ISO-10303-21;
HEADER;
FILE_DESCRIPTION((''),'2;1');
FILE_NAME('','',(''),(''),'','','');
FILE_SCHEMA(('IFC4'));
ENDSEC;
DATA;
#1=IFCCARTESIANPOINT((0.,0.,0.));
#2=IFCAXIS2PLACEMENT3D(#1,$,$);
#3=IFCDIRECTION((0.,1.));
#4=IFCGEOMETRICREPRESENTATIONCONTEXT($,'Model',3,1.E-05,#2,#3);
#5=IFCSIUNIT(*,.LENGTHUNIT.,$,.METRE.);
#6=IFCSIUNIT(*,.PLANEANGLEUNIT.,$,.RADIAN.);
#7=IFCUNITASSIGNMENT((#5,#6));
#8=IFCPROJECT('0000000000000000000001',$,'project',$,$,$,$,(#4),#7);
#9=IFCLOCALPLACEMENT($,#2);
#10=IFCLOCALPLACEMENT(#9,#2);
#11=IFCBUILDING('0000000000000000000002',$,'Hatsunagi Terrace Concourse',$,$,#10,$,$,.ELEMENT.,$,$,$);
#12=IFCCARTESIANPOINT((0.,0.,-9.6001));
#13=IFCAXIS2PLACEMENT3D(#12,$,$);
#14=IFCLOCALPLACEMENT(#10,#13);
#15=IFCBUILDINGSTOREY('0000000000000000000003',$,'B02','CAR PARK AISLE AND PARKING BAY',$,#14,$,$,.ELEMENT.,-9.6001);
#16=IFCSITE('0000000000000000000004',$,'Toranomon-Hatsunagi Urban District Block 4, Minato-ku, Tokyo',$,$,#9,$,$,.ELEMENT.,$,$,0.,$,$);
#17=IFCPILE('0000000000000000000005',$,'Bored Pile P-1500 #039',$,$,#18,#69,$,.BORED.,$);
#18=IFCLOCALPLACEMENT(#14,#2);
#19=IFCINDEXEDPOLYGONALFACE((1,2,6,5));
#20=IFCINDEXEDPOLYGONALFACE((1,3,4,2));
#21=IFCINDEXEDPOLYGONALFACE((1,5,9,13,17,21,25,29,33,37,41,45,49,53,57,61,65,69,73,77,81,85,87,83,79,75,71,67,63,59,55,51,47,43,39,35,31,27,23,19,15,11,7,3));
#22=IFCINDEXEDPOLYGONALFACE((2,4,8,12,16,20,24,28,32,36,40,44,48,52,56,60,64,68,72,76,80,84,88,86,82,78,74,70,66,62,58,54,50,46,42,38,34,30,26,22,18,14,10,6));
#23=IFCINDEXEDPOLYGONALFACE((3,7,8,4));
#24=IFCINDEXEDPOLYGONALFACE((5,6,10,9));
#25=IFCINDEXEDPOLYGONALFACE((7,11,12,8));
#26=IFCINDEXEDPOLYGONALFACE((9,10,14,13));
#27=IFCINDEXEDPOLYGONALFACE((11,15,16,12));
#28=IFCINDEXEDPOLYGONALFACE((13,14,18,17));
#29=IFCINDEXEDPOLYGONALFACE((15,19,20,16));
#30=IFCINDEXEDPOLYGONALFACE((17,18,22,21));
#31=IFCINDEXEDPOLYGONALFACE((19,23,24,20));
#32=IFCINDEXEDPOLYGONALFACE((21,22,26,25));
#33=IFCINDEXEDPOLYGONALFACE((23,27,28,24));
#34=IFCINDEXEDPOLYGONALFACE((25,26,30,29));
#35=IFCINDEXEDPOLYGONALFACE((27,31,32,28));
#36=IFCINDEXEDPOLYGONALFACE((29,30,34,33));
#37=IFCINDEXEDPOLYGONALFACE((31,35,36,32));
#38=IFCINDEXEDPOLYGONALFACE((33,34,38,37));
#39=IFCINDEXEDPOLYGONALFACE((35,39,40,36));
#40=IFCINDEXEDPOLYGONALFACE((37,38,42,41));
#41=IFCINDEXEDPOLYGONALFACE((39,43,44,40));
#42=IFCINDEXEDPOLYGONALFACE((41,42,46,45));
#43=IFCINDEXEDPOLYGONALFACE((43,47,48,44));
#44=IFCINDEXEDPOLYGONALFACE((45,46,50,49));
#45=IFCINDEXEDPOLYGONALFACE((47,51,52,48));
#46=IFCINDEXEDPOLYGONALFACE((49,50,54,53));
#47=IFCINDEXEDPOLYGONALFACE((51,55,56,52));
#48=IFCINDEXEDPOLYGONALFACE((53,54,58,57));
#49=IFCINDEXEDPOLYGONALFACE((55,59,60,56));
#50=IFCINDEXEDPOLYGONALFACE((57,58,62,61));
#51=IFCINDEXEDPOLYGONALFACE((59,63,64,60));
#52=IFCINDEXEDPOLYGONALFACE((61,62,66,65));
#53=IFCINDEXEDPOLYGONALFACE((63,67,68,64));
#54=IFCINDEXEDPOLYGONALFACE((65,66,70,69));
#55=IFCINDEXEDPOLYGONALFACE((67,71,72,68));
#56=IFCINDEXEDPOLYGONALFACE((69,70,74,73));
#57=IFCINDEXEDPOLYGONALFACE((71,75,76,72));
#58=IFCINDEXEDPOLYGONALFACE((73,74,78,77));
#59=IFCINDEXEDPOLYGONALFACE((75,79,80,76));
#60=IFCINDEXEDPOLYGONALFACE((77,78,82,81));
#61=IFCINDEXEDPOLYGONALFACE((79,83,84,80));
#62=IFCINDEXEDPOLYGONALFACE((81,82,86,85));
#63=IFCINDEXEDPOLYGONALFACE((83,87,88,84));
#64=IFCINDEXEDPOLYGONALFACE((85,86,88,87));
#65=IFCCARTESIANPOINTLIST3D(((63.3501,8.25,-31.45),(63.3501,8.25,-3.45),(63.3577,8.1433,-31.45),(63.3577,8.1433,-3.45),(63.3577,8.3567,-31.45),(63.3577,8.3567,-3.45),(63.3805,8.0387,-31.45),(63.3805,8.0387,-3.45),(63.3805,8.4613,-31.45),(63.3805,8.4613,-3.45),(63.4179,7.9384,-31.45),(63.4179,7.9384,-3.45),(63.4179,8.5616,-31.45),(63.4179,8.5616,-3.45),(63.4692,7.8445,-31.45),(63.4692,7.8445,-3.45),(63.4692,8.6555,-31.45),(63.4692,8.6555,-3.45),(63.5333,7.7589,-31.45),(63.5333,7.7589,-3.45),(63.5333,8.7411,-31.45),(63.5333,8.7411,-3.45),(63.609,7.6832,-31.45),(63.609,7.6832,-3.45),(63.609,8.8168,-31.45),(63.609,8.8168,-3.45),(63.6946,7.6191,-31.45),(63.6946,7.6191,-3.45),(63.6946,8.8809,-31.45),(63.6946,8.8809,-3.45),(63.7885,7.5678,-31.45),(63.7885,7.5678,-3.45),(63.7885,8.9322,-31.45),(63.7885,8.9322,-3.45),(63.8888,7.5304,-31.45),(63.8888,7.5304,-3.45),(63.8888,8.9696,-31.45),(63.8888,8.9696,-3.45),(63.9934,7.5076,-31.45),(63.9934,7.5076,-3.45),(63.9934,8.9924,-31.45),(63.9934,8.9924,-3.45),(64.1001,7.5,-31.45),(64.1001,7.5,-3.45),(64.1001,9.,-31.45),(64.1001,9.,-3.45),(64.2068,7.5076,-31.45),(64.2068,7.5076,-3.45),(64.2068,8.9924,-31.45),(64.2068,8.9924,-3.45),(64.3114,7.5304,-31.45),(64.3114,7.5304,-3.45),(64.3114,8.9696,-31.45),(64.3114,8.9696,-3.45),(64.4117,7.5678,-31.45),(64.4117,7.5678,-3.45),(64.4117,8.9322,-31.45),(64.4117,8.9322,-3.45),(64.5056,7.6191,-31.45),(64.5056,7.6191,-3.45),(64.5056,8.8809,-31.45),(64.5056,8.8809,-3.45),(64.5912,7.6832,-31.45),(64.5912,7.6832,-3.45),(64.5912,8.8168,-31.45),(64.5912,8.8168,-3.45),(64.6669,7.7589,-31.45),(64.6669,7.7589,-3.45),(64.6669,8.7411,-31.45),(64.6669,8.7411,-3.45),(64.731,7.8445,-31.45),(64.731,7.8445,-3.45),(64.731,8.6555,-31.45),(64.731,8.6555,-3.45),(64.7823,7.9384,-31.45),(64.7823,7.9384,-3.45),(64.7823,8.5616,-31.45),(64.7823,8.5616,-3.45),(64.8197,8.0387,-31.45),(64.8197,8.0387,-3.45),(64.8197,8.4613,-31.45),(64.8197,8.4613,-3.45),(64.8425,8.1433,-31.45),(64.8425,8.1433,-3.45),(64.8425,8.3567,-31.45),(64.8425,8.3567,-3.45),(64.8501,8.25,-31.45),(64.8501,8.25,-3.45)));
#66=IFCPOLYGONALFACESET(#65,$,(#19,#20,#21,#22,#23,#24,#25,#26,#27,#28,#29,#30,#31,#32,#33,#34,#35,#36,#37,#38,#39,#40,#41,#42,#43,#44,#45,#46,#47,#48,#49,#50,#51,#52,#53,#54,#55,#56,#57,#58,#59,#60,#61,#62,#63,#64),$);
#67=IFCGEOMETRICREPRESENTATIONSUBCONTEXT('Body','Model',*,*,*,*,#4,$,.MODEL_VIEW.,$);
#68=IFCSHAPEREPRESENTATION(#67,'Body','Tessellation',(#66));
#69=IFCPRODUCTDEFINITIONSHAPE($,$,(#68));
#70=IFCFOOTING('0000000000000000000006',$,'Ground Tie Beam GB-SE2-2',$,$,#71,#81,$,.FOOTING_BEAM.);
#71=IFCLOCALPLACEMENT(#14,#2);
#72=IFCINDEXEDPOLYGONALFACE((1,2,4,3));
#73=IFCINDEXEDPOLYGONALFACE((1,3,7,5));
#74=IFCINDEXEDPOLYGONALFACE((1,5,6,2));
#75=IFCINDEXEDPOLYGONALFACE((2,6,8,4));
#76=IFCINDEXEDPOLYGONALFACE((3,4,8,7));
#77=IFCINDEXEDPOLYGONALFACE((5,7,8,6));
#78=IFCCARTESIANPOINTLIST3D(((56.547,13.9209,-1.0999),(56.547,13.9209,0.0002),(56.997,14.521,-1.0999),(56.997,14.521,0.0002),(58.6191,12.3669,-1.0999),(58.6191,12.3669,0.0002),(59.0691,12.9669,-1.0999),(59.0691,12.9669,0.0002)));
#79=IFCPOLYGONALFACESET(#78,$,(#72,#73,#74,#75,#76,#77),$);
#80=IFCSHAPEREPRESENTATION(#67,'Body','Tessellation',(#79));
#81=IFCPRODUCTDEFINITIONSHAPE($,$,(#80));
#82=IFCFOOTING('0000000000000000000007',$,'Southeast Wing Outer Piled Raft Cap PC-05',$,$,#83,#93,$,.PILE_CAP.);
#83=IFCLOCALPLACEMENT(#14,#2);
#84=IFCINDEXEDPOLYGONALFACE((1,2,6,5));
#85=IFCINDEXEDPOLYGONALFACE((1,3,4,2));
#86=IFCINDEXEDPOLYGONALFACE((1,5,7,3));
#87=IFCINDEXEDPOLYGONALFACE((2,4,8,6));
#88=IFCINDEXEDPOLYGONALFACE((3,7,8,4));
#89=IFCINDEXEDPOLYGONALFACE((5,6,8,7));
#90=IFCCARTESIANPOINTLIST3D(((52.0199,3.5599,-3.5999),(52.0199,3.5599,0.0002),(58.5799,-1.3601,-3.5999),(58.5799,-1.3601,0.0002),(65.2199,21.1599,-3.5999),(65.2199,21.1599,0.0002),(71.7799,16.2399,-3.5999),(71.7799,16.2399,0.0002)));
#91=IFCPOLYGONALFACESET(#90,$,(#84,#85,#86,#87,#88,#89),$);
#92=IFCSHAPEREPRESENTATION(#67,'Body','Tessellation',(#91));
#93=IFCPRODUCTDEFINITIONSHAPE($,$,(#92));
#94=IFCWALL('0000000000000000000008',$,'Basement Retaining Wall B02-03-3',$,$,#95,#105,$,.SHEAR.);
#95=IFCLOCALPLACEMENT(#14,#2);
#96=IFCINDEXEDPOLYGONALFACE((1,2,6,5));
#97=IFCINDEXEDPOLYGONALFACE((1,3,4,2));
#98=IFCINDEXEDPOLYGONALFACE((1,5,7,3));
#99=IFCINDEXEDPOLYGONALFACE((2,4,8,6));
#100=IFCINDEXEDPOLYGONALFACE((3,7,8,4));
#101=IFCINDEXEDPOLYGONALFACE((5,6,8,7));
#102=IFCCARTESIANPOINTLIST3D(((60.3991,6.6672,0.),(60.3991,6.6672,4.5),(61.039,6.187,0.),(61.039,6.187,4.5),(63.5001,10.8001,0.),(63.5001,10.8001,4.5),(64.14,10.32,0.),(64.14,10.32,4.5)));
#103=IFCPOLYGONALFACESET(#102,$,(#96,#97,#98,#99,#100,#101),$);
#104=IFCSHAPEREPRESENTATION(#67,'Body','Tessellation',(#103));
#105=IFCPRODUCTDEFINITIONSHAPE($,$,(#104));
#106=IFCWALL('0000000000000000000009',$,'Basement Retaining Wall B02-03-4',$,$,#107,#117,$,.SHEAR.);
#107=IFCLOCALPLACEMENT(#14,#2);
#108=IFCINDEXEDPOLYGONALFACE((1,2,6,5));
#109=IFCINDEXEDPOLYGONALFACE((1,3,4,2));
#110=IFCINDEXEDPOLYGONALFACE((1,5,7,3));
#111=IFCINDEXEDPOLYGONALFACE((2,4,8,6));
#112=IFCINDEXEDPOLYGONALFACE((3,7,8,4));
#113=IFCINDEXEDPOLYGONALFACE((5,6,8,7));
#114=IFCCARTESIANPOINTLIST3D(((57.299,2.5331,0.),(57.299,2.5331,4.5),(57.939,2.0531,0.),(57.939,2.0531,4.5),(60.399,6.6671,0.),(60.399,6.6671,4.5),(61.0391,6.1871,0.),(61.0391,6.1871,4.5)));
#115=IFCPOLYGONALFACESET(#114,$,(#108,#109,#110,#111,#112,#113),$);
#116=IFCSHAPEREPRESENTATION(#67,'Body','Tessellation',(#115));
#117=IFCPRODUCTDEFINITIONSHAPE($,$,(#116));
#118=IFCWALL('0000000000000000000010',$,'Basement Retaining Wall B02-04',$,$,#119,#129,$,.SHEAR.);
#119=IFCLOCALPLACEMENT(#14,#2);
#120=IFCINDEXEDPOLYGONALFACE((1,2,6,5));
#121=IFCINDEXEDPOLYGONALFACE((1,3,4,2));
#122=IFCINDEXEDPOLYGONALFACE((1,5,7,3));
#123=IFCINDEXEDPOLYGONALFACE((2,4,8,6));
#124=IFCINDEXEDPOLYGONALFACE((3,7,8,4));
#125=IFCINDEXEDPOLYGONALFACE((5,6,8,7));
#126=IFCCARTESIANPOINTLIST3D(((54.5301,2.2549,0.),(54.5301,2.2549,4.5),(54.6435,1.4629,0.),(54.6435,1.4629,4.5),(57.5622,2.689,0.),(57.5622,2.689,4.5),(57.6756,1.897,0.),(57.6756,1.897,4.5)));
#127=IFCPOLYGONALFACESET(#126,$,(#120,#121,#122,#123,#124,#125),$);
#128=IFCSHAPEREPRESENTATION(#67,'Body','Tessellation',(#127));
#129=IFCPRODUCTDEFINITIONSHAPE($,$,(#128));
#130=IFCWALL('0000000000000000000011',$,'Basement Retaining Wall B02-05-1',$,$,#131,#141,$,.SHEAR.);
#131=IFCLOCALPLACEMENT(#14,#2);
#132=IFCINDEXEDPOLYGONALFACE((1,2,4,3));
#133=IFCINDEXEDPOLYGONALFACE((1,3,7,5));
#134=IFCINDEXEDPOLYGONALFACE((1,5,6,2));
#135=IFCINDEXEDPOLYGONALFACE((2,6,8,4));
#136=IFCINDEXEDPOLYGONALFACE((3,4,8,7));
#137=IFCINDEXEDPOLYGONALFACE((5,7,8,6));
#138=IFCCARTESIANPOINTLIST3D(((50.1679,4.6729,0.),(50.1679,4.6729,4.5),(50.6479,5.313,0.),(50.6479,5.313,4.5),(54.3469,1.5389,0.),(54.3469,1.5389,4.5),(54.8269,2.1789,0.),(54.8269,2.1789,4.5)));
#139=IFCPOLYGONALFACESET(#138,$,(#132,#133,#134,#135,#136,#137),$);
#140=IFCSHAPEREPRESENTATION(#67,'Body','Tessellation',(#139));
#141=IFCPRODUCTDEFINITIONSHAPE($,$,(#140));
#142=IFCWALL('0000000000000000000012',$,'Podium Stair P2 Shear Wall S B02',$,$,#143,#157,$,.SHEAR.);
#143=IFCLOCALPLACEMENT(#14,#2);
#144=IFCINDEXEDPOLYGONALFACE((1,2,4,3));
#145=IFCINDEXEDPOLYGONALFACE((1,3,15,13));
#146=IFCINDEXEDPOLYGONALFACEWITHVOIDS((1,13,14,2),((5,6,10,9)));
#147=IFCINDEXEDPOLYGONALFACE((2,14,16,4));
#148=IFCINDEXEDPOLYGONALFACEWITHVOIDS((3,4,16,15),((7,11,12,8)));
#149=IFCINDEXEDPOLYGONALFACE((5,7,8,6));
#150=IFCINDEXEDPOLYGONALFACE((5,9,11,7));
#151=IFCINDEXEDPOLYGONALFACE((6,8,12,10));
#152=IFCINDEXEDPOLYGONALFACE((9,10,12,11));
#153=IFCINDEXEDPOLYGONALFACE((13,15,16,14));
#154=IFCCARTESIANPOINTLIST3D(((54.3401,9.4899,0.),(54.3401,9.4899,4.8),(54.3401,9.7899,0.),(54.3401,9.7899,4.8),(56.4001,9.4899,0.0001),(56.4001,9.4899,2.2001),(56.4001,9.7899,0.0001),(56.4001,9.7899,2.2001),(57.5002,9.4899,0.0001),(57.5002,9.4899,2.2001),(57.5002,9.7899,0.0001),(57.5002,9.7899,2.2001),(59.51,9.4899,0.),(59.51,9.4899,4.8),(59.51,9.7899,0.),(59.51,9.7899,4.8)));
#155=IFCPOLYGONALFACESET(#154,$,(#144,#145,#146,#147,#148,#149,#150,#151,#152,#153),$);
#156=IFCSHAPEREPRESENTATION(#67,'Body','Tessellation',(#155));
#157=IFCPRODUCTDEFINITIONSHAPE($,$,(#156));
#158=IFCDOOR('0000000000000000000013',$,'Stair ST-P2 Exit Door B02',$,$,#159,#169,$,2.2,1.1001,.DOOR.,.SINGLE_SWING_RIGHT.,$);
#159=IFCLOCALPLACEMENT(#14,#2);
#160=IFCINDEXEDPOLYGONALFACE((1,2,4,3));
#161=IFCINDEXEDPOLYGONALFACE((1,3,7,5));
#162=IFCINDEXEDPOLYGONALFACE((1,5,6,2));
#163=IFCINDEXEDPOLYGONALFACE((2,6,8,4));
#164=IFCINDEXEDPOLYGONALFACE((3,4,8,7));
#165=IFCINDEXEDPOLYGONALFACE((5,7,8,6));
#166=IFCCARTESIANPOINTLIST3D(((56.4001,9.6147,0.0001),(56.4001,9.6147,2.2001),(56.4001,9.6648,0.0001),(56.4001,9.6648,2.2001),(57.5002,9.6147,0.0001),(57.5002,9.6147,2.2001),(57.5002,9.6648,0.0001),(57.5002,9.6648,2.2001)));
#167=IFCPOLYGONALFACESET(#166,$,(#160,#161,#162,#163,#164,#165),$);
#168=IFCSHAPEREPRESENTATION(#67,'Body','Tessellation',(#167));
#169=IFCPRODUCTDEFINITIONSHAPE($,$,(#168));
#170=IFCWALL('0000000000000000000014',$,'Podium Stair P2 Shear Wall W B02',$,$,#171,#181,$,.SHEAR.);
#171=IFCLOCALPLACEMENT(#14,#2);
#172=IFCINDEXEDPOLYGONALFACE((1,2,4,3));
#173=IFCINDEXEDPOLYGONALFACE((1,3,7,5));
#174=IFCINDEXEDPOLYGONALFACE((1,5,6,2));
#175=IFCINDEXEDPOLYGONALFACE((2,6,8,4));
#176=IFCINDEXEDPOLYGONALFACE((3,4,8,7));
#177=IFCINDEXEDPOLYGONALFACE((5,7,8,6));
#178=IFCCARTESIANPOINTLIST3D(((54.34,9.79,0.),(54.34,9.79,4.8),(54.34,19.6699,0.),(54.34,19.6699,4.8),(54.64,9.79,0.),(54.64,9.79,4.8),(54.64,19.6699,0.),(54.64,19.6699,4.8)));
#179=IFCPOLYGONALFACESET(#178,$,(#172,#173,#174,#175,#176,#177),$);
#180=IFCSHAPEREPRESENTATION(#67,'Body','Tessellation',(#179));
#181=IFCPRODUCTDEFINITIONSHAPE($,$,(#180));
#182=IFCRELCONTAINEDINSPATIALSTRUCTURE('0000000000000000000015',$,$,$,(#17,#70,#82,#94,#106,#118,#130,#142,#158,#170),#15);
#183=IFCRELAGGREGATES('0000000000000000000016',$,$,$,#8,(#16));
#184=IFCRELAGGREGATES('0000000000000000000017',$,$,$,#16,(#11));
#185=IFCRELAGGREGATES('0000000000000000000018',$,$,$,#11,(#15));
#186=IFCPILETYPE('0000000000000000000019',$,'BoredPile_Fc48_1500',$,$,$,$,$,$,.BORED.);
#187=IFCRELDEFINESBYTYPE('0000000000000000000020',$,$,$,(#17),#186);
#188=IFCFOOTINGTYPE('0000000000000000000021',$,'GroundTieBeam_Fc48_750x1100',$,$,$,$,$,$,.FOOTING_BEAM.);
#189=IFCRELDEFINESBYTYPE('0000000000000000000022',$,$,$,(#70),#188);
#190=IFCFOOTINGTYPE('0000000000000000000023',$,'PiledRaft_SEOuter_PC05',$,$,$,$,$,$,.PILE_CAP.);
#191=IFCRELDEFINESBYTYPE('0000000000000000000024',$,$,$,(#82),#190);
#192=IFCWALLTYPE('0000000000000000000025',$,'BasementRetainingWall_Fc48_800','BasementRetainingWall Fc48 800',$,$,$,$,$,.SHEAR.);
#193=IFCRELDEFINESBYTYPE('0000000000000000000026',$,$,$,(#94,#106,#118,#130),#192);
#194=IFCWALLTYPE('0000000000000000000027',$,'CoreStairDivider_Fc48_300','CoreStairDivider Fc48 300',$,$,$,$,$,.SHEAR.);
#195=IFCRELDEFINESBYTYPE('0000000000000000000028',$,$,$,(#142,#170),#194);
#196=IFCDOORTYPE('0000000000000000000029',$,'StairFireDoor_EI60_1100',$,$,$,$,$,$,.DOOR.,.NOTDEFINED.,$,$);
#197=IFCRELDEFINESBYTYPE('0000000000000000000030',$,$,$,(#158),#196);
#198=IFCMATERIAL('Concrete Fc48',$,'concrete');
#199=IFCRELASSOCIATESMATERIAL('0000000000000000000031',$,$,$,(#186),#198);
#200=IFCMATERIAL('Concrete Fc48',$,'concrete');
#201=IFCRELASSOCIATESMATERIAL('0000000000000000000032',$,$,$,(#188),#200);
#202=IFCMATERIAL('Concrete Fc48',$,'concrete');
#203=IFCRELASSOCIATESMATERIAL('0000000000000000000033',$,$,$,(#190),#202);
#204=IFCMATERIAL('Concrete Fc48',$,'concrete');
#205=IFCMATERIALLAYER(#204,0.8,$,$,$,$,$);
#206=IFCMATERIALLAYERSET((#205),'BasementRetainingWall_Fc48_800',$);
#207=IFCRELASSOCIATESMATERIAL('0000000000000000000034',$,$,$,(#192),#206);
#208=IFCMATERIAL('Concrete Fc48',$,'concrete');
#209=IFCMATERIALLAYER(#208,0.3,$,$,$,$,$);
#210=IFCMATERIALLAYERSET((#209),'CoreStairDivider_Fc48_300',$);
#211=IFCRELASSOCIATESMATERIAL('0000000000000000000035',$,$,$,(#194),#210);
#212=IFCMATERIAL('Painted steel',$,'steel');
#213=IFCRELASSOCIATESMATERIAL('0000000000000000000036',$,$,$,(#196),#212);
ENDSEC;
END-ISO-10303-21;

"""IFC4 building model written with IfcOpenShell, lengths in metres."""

from ifc_helpers import new_model, si_unit, direction, frame, frame_2d, origin, origin_2d, place, context, subcontext, project, spatial, rectangle, circle, extrude, material, layer, layer_set, material_profile, profile_set, type_object, element, fill, save


model = new_model("IFC4")

# Units and contexts
model_context = context("Model", 3, precision=1e-05, world=origin(), true_north=direction((0.0, 1.0)))
body_context = subcontext(model_context, "Body", "Model", "MODEL_VIEW")
ifc_project = project(units=[si_unit("LENGTHUNIT", "METRE"), si_unit("PLANEANGLEUNIT", "RADIAN")], contexts=[model_context])

# Site, building, storey
site_placement = place(None, origin())
site = spatial("IfcSite", under=ifc_project, at=site_placement, Name="Toranomon-Hatsunagi Urban District Block 4, Minato-ku, Tokyo", CompositionType="ELEMENT", RefElevation=0.0)
building_placement = place(site_placement, origin())
building = spatial("IfcBuilding", under=site, at=building_placement, Name="Hatsunagi Terrace Concourse", CompositionType="ELEMENT")
storey_placement = place(building_placement, frame((0.0, 0.0, -9.6001)))
storey = spatial("IfcBuildingStorey", under=building, at=storey_placement, Name="B02", Description="CAR PARK AISLE AND PARKING BAY", CompositionType="ELEMENT", Elevation=-9.6001)

# Pile
ifc_material_1 = material(Name="Concrete Fc48", Category="concrete")
ifc_material_profile_1 = material_profile(ifc_material_1, circle(Radius=0.75, at=origin_2d()), Name="PILE-1500")
ifc_profile_set_1 = profile_set([ifc_material_profile_1], Name="Concrete Fc48")
pile_type = type_object("IfcPileType", Name="BoredPile_Fc48_1500", PredefinedType="BORED", material=ifc_profile_set_1)
for number, where, z_axis, x_axis, name in (
    (1, (64.1001, 8.25, -3.45), (0.0, 0.0, -1.0), (1.0, 0.0, 0.0), "Bored Pile P-1500 #039"),
):
    element("IfcPile", number, at=place(storey_placement, frame(where, z_axis=z_axis, x_axis=x_axis)), inside=storey, type_object=pile_type, Name=name, PredefinedType="BORED", context=body_context, shape_type="SweptSolid", body=[
        extrude(circle(Radius=0.75, at=origin_2d()), origin(), (0.0, 0.0, 1.0), 28.0),
    ])

# Footings
ifc_material_2 = material(Name="Concrete Fc48", Category="concrete")
ifc_material_profile_2 = material_profile(ifc_material_2, rectangle(XDim=0.75, YDim=1.1001, at=origin_2d()), Name="RC-750x1100")
ifc_profile_set_2 = profile_set([ifc_material_profile_2], Name="Concrete Fc48")
footing_type_1 = type_object("IfcFootingType", Name="GroundTieBeam_Fc48_750x1100", PredefinedType="FOOTING_BEAM", material=ifc_profile_set_2)
footing_1_placement = place(storey_placement, frame((56.772, 14.2209, -0.5498), z_axis=(0.800011, -0.599985, 0.0), x_axis=(0.599985, 0.800011, 0.0)))
element("IfcFooting", 2, at=footing_1_placement, inside=storey, type_object=footing_type_1, Name="Ground Tie Beam GB-SE2-2", PredefinedType="FOOTING_BEAM", context=body_context, shape_type="SweptSolid", body=[
    extrude(rectangle(XDim=0.75, YDim=1.1001, at=origin_2d()), origin(), (0.0, 0.0, 1.0), 2.5901),
])
ifc_material_3 = material(Name="Concrete Fc48", Category="concrete")
footing_type_2 = type_object("IfcFootingType", Name="PiledRaft_SEOuter_PC05", PredefinedType="PILE_CAP", material=ifc_material_3)
footing_2_placement = place(storey_placement, frame((61.8999, 9.8999, -3.5999), z_axis=(0.0, 0.0, 1.0), x_axis=(0.8, -0.6, 0.0)))
element("IfcFooting", 3, at=footing_2_placement, inside=storey, type_object=footing_type_2, Name="Southeast Wing Outer Piled Raft Cap PC-05", PredefinedType="PILE_CAP", context=body_context, shape_type="SweptSolid", body=[
    extrude(rectangle(XDim=8.2, YDim=22.0, at=origin_2d()), origin(), (0.0, 0.0, 1.0), 3.6001),
])

# Walls
ifc_material_4 = material(Name="Concrete Fc48", Category="concrete")
ifc_layer_1 = layer(ifc_material_4, 0.8)
ifc_layer_set_1 = layer_set([ifc_layer_1], Name="BasementRetainingWall_Fc48_800")
wall_type_1 = type_object("IfcWallType", Name="BasementRetainingWall_Fc48_800", Description="BasementRetainingWall Fc48 800", PredefinedType="SHEAR", material=ifc_layer_set_1)
wall_1_placement = place(storey_placement, frame((63.8201, 10.5601, 0.0), z_axis=(0.0, 0.0, 1.0), x_axis=(-0.600159, -0.799881, 0.0)))
element("IfcWall", 4, at=wall_1_placement, inside=storey, type_object=wall_type_1, Name="Basement Retaining Wall B02-03-3", PredefinedType="SHEAR", context=body_context, shape_type="SweptSolid", body=[
    extrude(rectangle(XDim=5.167, YDim=0.8, at=frame_2d((2.5835, 0.0))), origin(), (0.0, 0.0, 1.0), 4.5),
])
wall_2_placement = place(storey_placement, frame((60.719, 6.427, 0.0), z_axis=(0.0, 0.0, 1.0), x_axis=(-0.599947, -0.80004, 0.0)))
element("IfcWall", 5, at=wall_2_placement, inside=storey, type_object=wall_type_1, Name="Basement Retaining Wall B02-03-4", PredefinedType="SHEAR", context=body_context, shape_type="SweptSolid", body=[
    extrude(rectangle(XDim=5.1672, YDim=0.8, at=frame_2d((2.5835, 0.0))), origin(), (0.0, 0.0, 1.0), 4.5),
])
wall_3_placement = place(storey_placement, frame((57.6189, 2.293, 0.0), z_axis=(0.0, 0.0, 1.0), x_axis=(-0.989906, -0.141723, 0.0)))
element("IfcWall", 6, at=wall_3_placement, inside=storey, type_object=wall_type_1, Name="Basement Retaining Wall B02-04", PredefinedType="SHEAR", context=body_context, shape_type="SweptSolid", body=[
    extrude(rectangle(XDim=3.063, YDim=0.8, at=frame_2d((1.5315, 0.0))), origin(), (0.0, 0.0, 1.0), 4.5),
])
wall_4_placement = place(storey_placement, frame((54.5869, 1.8589, 0.0), z_axis=(0.0, 0.0, 1.0), x_axis=(-0.800017, 0.599978, 0.0)))
element("IfcWall", 7, at=wall_4_placement, inside=storey, type_object=wall_type_1, Name="Basement Retaining Wall B02-05-1", PredefinedType="SHEAR", context=body_context, shape_type="SweptSolid", body=[
    extrude(rectangle(XDim=5.2236, YDim=0.8, at=frame_2d((2.6118, 0.0))), origin(), (0.0, 0.0, 1.0), 4.5),
])

# Wall, opening, door
ifc_material_5 = material(Name="Concrete Fc48", Category="concrete")
ifc_layer_2 = layer(ifc_material_5, 0.3)
ifc_layer_set_2 = layer_set([ifc_layer_2], Name="CoreStairDivider_Fc48_300")
wall_type_2 = type_object("IfcWallType", Name="CoreStairDivider_Fc48_300", Description="CoreStairDivider Fc48 300", PredefinedType="SHEAR", material=ifc_layer_set_2)
wall_5_placement = place(storey_placement, frame((54.3401, 9.6399, 0.0), z_axis=(0.0, 0.0, 1.0), x_axis=(1.0, 0.0, 0.0)))
wall_5 = element("IfcWall", 8, at=wall_5_placement, inside=storey, type_object=wall_type_2, Name="Podium Stair P2 Shear Wall S B02", PredefinedType="SHEAR", context=body_context, shape_type="SweptSolid", body=[
    extrude(rectangle(XDim=5.1699, YDim=0.3, at=frame_2d((2.585, 0.0))), origin(), (0.0, 0.0, 1.0), 4.8),
])
opening_1_placement = place(wall_5_placement, frame((2.0601, 0.0, 0.0)))
opening_1 = element("IfcOpeningElement", 9, at=opening_1_placement, cuts=wall_5, PredefinedType="OPENING", context=body_context, shape_type="SweptSolid", body=[
    extrude(rectangle(XDim=1.1001, YDim=2.2, at=frame_2d((0.55, 1.1001))), frame((0.0, 0.1599, 0.0), z_axis=(0.0, -1.0, 0.0), x_axis=(1.0, 0.0, 0.0)), (0.0, 0.0, 1.0), 0.3201),
])
ifc_material_6 = material(Name="Painted steel", Category="steel")
door_type_1 = type_object("IfcDoorType", Name="StairFireDoor_EI60_1100", OperationType="NOTDEFINED", PredefinedType="DOOR", material=ifc_material_6)
door_1_placement = place(opening_1_placement, origin())
door_1 = element("IfcDoor", 10, at=door_1_placement, inside=storey, type_object=door_type_1, Name="Stair ST-P2 Exit Door B02", OperationType="SINGLE_SWING_RIGHT", OverallHeight=2.2, OverallWidth=1.1001, PredefinedType="DOOR", context=body_context, shape_type="SweptSolid", body=[
    extrude(rectangle(XDim=1.1001, YDim=2.2, at=frame_2d((0.55, 1.1001))), frame((0.0, 0.0249, 0.0), z_axis=(0.0, -1.0, 0.0), x_axis=(1.0, 0.0, 0.0)), (0.0, 0.0, 1.0), 0.05),
])
fill(opening_1, door_1)

# Wall
for number, where, z_axis, x_axis, name in (
    (11, (54.49, 9.79, 0.0), (0.0, 0.0, 1.0), (0.0, 1.0, 0.0), "Podium Stair P2 Shear Wall W B02"),
):
    element("IfcWall", number, at=place(storey_placement, frame(where, z_axis=z_axis, x_axis=x_axis)), inside=storey, type_object=wall_type_2, Name=name, PredefinedType="SHEAR", context=body_context, shape_type="SweptSolid", body=[
        extrude(rectangle(XDim=9.8799, YDim=0.3, at=frame_2d((4.9399, 0.0))), origin(), (0.0, 0.0, 1.0), 4.8),
    ])

save(model, "model.ifc")
